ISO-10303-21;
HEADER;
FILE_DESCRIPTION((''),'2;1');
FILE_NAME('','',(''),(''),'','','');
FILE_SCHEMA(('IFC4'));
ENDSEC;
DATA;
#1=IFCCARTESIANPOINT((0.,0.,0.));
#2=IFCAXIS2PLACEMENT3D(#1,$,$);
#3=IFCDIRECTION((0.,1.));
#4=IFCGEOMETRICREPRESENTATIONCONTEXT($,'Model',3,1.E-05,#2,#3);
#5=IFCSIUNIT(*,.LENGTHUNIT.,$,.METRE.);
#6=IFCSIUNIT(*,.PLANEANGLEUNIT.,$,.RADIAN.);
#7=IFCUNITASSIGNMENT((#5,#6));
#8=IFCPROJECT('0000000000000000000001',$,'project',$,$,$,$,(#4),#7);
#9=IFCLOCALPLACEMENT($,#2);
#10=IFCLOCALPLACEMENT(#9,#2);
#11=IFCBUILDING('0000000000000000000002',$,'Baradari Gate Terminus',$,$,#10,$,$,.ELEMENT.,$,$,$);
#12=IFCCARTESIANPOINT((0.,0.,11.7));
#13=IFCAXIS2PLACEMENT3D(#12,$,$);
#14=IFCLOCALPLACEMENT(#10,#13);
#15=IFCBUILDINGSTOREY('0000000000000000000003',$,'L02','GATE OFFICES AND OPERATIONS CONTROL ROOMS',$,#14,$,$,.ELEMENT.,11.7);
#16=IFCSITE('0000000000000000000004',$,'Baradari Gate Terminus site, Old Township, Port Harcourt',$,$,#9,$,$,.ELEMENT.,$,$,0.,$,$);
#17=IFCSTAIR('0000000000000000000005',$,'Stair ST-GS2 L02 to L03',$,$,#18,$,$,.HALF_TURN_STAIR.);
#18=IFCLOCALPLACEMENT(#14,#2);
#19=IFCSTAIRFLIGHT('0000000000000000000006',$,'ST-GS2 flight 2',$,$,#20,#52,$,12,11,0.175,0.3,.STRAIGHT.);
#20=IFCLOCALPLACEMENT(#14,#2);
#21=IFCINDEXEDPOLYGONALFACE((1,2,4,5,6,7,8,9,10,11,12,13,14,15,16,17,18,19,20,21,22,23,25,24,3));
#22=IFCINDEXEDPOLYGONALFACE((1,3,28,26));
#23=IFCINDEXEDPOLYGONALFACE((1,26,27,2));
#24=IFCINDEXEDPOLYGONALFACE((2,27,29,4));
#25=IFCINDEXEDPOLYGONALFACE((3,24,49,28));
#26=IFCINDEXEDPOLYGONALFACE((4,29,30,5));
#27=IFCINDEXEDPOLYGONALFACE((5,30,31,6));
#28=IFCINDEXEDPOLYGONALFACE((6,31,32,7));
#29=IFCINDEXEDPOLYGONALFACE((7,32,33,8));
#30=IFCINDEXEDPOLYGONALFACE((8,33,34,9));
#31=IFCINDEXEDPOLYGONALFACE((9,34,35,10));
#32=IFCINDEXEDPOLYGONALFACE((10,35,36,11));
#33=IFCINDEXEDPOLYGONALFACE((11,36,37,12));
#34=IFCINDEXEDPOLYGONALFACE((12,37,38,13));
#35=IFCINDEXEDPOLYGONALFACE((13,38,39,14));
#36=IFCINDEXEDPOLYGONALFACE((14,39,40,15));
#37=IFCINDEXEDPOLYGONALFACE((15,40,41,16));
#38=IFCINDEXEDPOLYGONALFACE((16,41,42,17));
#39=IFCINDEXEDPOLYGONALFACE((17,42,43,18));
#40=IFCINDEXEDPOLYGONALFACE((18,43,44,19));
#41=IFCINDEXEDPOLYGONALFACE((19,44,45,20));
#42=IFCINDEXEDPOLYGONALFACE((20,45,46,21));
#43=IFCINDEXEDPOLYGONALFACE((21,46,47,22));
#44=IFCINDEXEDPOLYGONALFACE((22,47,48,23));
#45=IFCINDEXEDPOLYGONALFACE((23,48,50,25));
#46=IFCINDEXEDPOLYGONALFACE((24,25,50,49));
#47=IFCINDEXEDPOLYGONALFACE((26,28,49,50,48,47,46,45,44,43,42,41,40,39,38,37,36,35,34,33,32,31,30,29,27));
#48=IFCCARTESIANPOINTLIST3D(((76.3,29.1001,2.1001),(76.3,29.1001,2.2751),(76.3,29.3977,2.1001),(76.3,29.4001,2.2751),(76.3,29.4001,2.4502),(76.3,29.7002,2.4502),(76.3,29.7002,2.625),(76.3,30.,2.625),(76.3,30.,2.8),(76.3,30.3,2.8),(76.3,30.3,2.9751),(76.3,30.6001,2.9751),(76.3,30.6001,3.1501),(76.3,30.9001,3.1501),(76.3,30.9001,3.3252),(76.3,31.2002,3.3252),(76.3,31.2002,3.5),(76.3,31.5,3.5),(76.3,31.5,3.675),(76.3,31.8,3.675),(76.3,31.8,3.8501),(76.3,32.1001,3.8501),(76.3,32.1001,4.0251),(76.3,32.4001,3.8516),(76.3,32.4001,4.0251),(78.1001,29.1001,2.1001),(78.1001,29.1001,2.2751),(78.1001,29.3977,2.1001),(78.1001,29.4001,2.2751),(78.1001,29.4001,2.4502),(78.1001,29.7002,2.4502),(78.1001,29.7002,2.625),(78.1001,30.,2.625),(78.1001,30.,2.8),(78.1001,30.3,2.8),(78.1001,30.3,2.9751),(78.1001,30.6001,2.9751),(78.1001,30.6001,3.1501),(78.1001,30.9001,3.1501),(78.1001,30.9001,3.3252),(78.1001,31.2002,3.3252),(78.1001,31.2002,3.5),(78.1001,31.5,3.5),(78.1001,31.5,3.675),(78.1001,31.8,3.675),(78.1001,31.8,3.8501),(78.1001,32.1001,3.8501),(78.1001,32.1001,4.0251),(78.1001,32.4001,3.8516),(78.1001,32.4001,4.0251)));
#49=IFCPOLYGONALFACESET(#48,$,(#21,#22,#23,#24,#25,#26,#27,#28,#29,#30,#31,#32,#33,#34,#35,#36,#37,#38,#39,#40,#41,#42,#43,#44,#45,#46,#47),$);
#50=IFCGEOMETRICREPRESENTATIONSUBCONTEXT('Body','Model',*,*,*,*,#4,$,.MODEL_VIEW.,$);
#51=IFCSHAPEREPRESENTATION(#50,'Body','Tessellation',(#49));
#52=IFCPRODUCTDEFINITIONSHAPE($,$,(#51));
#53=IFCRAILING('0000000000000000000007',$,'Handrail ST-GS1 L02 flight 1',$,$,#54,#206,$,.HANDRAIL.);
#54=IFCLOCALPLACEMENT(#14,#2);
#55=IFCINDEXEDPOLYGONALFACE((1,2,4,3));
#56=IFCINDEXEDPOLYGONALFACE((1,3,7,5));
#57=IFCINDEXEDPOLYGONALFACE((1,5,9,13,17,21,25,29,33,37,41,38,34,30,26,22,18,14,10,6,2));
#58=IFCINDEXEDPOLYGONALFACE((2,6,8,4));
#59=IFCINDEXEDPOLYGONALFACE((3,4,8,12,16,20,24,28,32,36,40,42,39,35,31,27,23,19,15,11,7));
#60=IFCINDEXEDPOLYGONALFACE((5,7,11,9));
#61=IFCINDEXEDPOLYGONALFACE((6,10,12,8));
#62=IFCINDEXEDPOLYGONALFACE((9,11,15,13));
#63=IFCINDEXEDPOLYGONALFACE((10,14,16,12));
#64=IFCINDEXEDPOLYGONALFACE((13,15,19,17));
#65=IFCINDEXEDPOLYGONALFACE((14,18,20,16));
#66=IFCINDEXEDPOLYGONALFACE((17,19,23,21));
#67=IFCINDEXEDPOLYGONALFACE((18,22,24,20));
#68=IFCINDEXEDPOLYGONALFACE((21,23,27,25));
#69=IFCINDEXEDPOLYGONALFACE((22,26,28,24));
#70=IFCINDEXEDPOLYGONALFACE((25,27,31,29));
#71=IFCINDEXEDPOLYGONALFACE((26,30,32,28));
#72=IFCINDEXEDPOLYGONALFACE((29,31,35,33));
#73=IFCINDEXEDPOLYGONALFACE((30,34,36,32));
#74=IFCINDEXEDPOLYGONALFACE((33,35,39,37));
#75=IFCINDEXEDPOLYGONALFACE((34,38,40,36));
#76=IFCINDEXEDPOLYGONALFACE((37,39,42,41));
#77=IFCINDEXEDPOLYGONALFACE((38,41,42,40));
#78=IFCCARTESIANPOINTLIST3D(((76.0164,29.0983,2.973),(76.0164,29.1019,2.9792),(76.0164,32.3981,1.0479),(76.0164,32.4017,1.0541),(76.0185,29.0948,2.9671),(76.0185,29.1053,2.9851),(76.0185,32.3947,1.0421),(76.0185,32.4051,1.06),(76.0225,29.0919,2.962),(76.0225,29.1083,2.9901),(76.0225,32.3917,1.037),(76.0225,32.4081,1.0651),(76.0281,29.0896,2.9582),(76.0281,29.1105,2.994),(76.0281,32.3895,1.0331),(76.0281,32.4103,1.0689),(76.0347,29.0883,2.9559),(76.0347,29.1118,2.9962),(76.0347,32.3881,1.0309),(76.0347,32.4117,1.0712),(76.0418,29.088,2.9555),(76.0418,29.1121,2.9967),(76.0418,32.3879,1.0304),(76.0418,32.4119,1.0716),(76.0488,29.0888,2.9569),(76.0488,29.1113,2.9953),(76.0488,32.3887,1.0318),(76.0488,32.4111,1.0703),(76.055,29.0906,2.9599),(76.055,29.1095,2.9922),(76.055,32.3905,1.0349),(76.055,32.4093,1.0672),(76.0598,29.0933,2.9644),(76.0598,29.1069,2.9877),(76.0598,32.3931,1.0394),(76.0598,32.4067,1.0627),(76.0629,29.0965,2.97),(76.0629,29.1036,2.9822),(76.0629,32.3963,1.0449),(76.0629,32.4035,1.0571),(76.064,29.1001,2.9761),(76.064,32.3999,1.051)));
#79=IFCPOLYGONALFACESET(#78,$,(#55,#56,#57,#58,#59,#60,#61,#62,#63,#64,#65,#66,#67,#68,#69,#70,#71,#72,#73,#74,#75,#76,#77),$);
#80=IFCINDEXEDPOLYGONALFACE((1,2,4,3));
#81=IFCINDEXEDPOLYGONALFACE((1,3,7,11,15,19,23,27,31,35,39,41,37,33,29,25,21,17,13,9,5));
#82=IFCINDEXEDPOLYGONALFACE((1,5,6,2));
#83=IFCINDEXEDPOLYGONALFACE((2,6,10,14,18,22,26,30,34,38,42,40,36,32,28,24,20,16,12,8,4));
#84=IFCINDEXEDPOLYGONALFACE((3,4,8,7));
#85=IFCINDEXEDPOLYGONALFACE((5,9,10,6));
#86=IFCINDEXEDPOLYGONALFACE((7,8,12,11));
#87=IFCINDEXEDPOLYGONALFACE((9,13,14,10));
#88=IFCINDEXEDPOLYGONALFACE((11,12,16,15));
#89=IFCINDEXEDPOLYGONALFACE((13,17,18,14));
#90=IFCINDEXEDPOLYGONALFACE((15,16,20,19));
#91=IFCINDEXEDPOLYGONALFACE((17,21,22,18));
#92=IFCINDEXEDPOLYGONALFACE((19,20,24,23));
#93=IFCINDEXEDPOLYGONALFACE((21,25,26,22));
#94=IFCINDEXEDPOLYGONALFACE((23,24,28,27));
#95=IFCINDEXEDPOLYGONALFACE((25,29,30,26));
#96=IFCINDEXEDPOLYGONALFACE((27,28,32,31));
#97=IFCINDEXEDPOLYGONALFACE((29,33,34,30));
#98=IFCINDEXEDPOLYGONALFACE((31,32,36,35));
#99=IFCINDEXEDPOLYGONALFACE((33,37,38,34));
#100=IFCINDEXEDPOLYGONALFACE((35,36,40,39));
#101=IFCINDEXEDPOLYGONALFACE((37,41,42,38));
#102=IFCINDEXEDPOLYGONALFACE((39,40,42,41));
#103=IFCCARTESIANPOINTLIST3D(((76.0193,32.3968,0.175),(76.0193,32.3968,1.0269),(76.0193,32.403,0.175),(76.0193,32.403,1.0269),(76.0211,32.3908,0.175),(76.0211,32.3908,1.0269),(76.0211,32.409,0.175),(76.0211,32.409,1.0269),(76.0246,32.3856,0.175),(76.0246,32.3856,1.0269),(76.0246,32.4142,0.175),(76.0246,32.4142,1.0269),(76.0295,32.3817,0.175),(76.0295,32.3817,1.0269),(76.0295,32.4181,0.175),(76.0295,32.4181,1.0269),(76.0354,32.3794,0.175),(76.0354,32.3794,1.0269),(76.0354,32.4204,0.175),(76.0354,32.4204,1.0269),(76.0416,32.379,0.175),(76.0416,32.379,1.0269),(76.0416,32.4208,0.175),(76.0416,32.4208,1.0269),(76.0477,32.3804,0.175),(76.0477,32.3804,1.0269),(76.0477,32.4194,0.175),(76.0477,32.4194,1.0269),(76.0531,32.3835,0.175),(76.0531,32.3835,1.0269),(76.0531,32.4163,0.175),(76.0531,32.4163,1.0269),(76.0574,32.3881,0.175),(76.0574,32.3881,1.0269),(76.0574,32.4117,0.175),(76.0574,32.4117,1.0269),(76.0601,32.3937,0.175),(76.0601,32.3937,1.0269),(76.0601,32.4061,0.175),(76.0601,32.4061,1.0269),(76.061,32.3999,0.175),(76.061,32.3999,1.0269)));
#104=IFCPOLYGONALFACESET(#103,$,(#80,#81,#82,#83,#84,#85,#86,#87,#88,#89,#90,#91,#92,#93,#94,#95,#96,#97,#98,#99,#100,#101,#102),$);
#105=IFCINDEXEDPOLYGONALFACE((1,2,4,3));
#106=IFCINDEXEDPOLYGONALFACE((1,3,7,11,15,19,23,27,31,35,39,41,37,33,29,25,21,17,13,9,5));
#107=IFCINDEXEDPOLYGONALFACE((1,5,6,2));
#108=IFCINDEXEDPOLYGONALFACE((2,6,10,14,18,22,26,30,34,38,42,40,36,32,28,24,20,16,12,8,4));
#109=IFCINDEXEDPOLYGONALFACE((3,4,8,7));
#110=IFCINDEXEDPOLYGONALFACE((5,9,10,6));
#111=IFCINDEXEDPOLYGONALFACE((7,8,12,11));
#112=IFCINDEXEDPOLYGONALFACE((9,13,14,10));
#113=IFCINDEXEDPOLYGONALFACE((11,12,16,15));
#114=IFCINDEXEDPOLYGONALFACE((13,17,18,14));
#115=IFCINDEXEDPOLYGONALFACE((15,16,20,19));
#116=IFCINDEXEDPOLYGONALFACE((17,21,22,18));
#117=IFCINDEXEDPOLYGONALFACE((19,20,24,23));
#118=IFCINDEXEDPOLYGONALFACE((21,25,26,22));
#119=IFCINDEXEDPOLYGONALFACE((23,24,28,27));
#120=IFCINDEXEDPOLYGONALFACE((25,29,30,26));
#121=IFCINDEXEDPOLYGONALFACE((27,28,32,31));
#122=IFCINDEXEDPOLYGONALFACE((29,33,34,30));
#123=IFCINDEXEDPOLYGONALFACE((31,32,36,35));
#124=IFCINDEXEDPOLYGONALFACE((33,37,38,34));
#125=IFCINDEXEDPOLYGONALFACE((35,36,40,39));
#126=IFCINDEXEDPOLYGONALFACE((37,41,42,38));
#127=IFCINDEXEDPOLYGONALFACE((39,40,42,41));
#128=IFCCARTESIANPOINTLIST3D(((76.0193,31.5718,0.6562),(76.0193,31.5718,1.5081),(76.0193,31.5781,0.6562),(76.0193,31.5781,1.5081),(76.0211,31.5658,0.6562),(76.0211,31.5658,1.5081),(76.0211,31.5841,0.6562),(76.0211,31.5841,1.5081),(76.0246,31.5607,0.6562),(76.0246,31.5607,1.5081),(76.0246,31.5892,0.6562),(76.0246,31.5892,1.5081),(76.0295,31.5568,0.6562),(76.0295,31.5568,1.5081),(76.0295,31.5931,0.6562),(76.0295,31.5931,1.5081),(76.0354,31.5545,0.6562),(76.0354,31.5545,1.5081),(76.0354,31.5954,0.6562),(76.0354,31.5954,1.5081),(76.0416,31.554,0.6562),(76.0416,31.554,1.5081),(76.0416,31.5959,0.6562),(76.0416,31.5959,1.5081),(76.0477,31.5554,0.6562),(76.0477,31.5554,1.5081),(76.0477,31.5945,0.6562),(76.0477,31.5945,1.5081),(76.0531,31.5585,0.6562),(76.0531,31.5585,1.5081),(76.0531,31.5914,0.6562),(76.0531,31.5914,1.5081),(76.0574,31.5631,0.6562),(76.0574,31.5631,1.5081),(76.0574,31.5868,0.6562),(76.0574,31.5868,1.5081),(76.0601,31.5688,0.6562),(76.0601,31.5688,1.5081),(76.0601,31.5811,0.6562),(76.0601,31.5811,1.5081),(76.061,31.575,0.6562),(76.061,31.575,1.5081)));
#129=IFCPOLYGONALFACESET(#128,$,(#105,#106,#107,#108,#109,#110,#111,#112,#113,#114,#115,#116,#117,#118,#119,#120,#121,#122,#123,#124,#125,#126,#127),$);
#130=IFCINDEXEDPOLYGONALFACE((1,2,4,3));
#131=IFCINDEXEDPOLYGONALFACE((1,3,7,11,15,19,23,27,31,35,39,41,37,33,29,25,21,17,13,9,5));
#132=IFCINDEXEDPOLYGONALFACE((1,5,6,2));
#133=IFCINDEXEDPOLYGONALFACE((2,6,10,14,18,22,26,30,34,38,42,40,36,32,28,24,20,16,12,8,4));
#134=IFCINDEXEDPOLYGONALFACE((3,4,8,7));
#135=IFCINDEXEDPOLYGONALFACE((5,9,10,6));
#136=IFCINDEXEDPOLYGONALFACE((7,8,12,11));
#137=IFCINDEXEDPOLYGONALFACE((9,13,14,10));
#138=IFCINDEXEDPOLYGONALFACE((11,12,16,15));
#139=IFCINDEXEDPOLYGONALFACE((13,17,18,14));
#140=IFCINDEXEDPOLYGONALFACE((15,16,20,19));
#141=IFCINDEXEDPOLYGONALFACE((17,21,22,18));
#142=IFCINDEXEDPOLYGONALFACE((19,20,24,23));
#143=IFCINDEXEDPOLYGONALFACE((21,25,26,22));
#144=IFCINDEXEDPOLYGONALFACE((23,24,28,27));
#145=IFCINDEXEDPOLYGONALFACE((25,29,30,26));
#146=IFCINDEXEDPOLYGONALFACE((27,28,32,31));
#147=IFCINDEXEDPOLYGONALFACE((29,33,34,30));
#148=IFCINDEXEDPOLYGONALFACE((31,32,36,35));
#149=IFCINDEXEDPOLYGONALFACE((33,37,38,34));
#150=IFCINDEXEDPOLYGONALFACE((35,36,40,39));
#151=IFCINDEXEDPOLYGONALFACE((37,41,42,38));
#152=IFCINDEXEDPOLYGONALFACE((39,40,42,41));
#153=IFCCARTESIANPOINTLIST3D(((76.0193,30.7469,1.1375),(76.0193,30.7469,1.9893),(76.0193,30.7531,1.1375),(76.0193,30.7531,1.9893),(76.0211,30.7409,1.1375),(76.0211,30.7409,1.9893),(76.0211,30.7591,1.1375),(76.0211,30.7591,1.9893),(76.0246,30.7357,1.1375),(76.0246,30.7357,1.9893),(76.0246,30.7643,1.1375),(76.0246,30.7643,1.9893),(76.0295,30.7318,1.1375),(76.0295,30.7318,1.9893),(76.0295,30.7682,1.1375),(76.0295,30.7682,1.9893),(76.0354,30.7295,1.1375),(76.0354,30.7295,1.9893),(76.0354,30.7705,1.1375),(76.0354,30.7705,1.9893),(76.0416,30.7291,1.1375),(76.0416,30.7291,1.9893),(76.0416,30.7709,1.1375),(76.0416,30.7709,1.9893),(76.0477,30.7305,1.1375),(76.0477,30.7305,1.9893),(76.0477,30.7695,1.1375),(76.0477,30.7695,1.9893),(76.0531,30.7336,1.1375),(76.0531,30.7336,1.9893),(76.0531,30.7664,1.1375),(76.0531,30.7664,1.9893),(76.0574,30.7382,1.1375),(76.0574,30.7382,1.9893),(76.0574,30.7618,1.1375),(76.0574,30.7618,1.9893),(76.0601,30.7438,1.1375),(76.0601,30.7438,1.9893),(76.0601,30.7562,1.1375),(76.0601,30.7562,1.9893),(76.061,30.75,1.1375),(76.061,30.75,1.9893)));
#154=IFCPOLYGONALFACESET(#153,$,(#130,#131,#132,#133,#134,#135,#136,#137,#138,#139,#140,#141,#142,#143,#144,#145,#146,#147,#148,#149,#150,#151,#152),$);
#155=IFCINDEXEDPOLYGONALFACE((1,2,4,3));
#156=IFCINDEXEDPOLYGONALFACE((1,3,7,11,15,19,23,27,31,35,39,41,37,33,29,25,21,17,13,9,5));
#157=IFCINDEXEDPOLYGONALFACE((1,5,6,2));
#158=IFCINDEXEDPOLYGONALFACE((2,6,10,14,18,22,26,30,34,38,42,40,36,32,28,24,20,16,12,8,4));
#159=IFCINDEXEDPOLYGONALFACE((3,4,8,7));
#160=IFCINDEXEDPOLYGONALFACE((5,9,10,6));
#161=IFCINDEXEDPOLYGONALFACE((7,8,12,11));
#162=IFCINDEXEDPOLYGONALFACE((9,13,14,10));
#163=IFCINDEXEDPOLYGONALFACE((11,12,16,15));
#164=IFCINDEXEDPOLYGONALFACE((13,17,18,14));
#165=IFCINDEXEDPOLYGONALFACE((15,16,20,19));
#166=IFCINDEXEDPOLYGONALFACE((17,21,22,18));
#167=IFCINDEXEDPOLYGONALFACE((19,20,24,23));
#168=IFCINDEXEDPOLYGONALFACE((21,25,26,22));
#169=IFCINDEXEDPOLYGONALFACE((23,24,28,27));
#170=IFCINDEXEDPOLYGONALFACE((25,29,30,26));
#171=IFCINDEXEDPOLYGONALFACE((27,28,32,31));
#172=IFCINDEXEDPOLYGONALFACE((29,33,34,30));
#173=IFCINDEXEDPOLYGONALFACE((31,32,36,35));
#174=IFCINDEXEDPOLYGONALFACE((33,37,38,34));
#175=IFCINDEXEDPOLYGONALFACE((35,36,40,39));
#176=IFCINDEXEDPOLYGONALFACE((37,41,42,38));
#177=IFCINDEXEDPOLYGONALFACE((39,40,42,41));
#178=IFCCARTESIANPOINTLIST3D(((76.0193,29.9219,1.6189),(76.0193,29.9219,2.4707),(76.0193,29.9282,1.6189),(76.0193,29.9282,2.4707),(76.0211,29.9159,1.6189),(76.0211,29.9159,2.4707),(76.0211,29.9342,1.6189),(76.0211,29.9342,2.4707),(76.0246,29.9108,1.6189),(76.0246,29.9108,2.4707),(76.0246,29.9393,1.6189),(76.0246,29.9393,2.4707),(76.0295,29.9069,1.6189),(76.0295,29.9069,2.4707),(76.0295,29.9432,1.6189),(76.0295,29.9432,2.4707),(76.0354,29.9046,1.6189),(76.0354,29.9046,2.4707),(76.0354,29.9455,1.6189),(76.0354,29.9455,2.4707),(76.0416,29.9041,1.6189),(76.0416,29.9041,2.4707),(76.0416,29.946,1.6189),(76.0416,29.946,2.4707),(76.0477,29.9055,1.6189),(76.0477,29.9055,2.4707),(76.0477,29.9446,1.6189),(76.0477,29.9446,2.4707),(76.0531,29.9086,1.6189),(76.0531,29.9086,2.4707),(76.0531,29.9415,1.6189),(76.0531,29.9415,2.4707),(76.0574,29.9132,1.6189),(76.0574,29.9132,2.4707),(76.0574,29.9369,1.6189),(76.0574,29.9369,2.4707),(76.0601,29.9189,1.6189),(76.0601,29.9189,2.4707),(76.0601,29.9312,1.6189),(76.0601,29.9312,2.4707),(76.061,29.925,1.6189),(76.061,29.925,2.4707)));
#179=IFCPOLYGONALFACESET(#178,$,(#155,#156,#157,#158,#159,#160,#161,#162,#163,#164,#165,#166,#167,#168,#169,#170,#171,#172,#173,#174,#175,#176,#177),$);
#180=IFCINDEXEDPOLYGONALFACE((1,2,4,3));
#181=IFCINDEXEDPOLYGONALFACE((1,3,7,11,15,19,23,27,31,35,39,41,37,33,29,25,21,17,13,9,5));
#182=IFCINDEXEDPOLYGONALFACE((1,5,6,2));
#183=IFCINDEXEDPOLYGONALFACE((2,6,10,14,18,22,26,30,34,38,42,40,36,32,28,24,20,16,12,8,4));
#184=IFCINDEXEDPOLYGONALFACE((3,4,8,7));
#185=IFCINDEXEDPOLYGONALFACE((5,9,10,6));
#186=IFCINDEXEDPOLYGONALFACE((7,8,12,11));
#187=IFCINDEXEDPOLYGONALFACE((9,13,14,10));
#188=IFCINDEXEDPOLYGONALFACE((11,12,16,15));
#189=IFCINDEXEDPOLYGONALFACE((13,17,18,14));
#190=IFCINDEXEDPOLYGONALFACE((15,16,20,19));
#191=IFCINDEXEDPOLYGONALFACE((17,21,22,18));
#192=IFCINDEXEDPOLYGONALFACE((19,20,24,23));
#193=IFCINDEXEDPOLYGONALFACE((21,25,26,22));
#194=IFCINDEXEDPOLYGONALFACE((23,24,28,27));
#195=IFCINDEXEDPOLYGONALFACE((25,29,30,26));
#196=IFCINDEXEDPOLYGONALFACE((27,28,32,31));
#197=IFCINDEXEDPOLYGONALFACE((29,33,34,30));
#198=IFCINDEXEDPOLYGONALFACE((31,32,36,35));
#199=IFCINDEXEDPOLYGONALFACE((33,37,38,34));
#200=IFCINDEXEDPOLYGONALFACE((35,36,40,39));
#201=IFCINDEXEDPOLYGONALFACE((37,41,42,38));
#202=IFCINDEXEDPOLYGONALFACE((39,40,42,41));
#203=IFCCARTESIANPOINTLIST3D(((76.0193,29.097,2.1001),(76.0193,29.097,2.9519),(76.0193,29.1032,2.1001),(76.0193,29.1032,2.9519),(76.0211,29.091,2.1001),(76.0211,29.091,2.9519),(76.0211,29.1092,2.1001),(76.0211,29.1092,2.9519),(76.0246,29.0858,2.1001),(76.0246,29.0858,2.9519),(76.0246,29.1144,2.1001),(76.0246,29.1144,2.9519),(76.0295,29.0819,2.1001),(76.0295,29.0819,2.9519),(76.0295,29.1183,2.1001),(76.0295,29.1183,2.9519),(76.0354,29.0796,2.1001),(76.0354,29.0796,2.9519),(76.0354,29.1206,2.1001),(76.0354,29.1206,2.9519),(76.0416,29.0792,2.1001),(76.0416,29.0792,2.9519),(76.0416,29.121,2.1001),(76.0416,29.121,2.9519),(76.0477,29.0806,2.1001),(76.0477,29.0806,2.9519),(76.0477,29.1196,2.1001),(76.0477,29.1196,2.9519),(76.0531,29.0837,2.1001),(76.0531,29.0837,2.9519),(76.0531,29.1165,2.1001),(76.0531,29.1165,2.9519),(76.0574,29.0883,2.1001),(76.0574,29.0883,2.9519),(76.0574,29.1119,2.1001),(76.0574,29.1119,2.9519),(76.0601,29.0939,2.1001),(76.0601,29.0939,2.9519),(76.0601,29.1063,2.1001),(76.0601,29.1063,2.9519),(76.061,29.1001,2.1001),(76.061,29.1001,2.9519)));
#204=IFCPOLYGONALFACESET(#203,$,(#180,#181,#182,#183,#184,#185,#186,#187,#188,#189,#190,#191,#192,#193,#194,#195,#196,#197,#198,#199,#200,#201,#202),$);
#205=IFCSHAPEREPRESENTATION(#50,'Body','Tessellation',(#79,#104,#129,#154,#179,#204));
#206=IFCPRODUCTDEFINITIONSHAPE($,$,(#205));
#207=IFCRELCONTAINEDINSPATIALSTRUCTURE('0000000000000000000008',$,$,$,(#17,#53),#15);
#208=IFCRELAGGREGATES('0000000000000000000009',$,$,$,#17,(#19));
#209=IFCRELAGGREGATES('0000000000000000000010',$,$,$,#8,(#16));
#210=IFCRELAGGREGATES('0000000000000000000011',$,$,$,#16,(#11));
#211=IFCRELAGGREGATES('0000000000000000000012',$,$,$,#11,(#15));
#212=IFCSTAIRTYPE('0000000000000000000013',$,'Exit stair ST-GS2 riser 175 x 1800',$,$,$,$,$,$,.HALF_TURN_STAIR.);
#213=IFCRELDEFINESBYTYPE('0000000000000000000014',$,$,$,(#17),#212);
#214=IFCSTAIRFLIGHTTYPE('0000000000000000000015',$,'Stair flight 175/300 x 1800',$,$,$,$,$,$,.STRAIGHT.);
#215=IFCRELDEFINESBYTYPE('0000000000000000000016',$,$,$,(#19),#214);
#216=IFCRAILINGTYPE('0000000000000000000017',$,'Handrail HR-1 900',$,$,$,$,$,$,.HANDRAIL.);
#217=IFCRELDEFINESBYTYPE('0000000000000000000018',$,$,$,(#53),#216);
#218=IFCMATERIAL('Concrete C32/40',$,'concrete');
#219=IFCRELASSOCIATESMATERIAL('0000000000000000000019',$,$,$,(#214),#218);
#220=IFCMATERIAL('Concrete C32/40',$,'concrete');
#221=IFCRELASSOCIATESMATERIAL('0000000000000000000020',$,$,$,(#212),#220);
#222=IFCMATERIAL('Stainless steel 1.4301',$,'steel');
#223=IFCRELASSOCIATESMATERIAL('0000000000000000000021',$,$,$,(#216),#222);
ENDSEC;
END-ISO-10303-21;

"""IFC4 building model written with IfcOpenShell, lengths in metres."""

from ifc_helpers import new_model, si_unit, direction, frame, origin, origin_2d, place, context, subcontext, project, spatial, polyline, circle, outline, extrude, material, type_object, element, aggregate, save


model = new_model("IFC4")

# Units and contexts
model_context = context("Model", 3, precision=1e-05, world=origin(), true_north=direction((0.0, 1.0)))
body_context = subcontext(model_context, "Body", "Model", "MODEL_VIEW")
ifc_project = project(units=[si_unit("LENGTHUNIT", "METRE"), si_unit("PLANEANGLEUNIT", "RADIAN")], contexts=[model_context])

# Site, building, storey
site_placement = place(None, origin())
site = spatial("IfcSite", under=ifc_project, at=site_placement, Name="Baradari Gate Terminus site, Old Township, Port Harcourt", CompositionType="ELEMENT", RefElevation=0.0)
building_placement = place(site_placement, origin())
building = spatial("IfcBuilding", under=site, at=building_placement, Name="Baradari Gate Terminus", CompositionType="ELEMENT")
storey_placement = place(building_placement, frame((0.0, 0.0, 11.7)))
storey = spatial("IfcBuildingStorey", under=building, at=storey_placement, Name="L02", Description="GATE OFFICES AND OPERATIONS CONTROL ROOMS", CompositionType="ELEMENT", Elevation=11.7)

# Shared definitions
ifc_material_1 = material(Name="Concrete C32/40", Category="concrete")
stair_flight_type = type_object("IfcStairFlightType", Name="Stair flight 175/300 x 1800", PredefinedType="STRAIGHT", material=ifc_material_1)

# Stair, stair flight
ifc_material_2 = material(Name="Concrete C32/40", Category="concrete")
stair_type_1 = type_object("IfcStairType", Name="Exit stair ST-GS2 riser 175 x 1800", PredefinedType="HALF_TURN_STAIR", material=ifc_material_2)
stair_1_placement = place(storey_placement, origin())
stair_1 = element("IfcStair", 1, at=stair_1_placement, inside=storey, type_object=stair_type_1, Name="Stair ST-GS2 L02 to L03", PredefinedType="HALF_TURN_STAIR")
stair_flight_1_placement = place(storey_placement, frame((77.2, 29.1001, 2.1001), z_axis=(0.0, 0.0, 1.0), x_axis=(0.0, 1.0, 0.0)))
stair_flight_1 = element("IfcStairFlight", 2, at=stair_flight_1_placement, type_object=stair_flight_type, Name="ST-GS2 flight 2", NumberOfRisers=12, NumberOfTreads=11, PredefinedType="STRAIGHT", RiserHeight=0.175, TreadLength=0.3, context=body_context, shape_type="SweptSolid", body=[
    extrude(outline(polyline([(0.0, 0.0), (0.0, 0.175), (0.3, 0.175), (0.3, 0.3501), (0.6001, 0.3501), (0.6001, 0.5249), (0.8999, 0.5249), (0.8999, 0.7), (1.2, 0.7), (1.2, 0.875), (1.5, 0.875), (1.5, 1.05), (1.8, 1.05), (1.8, 1.2251), (2.1001, 1.2251), (2.1001, 1.3999), (2.3999, 1.3999), (2.3999, 1.575), (2.7, 1.575), (2.7, 1.75), (3.0, 1.75), (3.0, 1.925), (3.3, 1.925), (3.3, 2.1001), (3.3, 1.7515), (0.2976, 0.0), (0.0, 0.0)])), frame((0.0, 0.8999, 0.0), z_axis=(0.0, -1.0, 0.0), x_axis=(1.0, 0.0, 0.0)), (0.0, 0.0, 1.0), 1.8),
])
aggregate(stair_1, [stair_flight_1])

# Railing
ifc_material_3 = material(Name="Stainless steel 1.4301", Category="steel")
railing_type = type_object("IfcRailingType", Name="Handrail HR-1 900", PredefinedType="HANDRAIL", material=ifc_material_3)
for number, where, name in (
    (3, (76.04, 32.3999, 0.175), "Handrail ST-GS1 L02 flight 1"),
):
    element("IfcRailing", number, at=place(storey_placement, frame(where)), inside=storey, type_object=railing_type, Name=name, PredefinedType="HANDRAIL", context=body_context, shape_type="SweptSolid", body=[
        extrude(circle(Radius=0.0239, at=origin_2d()), frame((0.0, 0.0, 0.876), z_axis=(0.0, -0.86376, 0.503903), x_axis=(1.0, 0.0, 0.0)), (0.0, 0.0, 1.0), 3.8203),
        extrude(circle(Radius=0.021, at=origin_2d()), origin(), (0.0, 0.0, 1.0), 0.8518),
        extrude(circle(Radius=0.021, at=origin_2d()), frame((0.0, -0.825, 0.4812)), (0.0, 0.0, 1.0), 0.8518),
        extrude(circle(Radius=0.021, at=origin_2d()), frame((0.0, -1.6499, 0.9624)), (0.0, 0.0, 1.0), 0.8518),
        extrude(circle(Radius=0.021, at=origin_2d()), frame((0.0, -2.4749, 1.4438)), (0.0, 0.0, 1.0), 0.8518),
        extrude(circle(Radius=0.021, at=origin_2d()), frame((0.0, -3.2998, 1.925)), (0.0, 0.0, 1.0), 0.8518),
    ])

save(model, "model.ifc")
